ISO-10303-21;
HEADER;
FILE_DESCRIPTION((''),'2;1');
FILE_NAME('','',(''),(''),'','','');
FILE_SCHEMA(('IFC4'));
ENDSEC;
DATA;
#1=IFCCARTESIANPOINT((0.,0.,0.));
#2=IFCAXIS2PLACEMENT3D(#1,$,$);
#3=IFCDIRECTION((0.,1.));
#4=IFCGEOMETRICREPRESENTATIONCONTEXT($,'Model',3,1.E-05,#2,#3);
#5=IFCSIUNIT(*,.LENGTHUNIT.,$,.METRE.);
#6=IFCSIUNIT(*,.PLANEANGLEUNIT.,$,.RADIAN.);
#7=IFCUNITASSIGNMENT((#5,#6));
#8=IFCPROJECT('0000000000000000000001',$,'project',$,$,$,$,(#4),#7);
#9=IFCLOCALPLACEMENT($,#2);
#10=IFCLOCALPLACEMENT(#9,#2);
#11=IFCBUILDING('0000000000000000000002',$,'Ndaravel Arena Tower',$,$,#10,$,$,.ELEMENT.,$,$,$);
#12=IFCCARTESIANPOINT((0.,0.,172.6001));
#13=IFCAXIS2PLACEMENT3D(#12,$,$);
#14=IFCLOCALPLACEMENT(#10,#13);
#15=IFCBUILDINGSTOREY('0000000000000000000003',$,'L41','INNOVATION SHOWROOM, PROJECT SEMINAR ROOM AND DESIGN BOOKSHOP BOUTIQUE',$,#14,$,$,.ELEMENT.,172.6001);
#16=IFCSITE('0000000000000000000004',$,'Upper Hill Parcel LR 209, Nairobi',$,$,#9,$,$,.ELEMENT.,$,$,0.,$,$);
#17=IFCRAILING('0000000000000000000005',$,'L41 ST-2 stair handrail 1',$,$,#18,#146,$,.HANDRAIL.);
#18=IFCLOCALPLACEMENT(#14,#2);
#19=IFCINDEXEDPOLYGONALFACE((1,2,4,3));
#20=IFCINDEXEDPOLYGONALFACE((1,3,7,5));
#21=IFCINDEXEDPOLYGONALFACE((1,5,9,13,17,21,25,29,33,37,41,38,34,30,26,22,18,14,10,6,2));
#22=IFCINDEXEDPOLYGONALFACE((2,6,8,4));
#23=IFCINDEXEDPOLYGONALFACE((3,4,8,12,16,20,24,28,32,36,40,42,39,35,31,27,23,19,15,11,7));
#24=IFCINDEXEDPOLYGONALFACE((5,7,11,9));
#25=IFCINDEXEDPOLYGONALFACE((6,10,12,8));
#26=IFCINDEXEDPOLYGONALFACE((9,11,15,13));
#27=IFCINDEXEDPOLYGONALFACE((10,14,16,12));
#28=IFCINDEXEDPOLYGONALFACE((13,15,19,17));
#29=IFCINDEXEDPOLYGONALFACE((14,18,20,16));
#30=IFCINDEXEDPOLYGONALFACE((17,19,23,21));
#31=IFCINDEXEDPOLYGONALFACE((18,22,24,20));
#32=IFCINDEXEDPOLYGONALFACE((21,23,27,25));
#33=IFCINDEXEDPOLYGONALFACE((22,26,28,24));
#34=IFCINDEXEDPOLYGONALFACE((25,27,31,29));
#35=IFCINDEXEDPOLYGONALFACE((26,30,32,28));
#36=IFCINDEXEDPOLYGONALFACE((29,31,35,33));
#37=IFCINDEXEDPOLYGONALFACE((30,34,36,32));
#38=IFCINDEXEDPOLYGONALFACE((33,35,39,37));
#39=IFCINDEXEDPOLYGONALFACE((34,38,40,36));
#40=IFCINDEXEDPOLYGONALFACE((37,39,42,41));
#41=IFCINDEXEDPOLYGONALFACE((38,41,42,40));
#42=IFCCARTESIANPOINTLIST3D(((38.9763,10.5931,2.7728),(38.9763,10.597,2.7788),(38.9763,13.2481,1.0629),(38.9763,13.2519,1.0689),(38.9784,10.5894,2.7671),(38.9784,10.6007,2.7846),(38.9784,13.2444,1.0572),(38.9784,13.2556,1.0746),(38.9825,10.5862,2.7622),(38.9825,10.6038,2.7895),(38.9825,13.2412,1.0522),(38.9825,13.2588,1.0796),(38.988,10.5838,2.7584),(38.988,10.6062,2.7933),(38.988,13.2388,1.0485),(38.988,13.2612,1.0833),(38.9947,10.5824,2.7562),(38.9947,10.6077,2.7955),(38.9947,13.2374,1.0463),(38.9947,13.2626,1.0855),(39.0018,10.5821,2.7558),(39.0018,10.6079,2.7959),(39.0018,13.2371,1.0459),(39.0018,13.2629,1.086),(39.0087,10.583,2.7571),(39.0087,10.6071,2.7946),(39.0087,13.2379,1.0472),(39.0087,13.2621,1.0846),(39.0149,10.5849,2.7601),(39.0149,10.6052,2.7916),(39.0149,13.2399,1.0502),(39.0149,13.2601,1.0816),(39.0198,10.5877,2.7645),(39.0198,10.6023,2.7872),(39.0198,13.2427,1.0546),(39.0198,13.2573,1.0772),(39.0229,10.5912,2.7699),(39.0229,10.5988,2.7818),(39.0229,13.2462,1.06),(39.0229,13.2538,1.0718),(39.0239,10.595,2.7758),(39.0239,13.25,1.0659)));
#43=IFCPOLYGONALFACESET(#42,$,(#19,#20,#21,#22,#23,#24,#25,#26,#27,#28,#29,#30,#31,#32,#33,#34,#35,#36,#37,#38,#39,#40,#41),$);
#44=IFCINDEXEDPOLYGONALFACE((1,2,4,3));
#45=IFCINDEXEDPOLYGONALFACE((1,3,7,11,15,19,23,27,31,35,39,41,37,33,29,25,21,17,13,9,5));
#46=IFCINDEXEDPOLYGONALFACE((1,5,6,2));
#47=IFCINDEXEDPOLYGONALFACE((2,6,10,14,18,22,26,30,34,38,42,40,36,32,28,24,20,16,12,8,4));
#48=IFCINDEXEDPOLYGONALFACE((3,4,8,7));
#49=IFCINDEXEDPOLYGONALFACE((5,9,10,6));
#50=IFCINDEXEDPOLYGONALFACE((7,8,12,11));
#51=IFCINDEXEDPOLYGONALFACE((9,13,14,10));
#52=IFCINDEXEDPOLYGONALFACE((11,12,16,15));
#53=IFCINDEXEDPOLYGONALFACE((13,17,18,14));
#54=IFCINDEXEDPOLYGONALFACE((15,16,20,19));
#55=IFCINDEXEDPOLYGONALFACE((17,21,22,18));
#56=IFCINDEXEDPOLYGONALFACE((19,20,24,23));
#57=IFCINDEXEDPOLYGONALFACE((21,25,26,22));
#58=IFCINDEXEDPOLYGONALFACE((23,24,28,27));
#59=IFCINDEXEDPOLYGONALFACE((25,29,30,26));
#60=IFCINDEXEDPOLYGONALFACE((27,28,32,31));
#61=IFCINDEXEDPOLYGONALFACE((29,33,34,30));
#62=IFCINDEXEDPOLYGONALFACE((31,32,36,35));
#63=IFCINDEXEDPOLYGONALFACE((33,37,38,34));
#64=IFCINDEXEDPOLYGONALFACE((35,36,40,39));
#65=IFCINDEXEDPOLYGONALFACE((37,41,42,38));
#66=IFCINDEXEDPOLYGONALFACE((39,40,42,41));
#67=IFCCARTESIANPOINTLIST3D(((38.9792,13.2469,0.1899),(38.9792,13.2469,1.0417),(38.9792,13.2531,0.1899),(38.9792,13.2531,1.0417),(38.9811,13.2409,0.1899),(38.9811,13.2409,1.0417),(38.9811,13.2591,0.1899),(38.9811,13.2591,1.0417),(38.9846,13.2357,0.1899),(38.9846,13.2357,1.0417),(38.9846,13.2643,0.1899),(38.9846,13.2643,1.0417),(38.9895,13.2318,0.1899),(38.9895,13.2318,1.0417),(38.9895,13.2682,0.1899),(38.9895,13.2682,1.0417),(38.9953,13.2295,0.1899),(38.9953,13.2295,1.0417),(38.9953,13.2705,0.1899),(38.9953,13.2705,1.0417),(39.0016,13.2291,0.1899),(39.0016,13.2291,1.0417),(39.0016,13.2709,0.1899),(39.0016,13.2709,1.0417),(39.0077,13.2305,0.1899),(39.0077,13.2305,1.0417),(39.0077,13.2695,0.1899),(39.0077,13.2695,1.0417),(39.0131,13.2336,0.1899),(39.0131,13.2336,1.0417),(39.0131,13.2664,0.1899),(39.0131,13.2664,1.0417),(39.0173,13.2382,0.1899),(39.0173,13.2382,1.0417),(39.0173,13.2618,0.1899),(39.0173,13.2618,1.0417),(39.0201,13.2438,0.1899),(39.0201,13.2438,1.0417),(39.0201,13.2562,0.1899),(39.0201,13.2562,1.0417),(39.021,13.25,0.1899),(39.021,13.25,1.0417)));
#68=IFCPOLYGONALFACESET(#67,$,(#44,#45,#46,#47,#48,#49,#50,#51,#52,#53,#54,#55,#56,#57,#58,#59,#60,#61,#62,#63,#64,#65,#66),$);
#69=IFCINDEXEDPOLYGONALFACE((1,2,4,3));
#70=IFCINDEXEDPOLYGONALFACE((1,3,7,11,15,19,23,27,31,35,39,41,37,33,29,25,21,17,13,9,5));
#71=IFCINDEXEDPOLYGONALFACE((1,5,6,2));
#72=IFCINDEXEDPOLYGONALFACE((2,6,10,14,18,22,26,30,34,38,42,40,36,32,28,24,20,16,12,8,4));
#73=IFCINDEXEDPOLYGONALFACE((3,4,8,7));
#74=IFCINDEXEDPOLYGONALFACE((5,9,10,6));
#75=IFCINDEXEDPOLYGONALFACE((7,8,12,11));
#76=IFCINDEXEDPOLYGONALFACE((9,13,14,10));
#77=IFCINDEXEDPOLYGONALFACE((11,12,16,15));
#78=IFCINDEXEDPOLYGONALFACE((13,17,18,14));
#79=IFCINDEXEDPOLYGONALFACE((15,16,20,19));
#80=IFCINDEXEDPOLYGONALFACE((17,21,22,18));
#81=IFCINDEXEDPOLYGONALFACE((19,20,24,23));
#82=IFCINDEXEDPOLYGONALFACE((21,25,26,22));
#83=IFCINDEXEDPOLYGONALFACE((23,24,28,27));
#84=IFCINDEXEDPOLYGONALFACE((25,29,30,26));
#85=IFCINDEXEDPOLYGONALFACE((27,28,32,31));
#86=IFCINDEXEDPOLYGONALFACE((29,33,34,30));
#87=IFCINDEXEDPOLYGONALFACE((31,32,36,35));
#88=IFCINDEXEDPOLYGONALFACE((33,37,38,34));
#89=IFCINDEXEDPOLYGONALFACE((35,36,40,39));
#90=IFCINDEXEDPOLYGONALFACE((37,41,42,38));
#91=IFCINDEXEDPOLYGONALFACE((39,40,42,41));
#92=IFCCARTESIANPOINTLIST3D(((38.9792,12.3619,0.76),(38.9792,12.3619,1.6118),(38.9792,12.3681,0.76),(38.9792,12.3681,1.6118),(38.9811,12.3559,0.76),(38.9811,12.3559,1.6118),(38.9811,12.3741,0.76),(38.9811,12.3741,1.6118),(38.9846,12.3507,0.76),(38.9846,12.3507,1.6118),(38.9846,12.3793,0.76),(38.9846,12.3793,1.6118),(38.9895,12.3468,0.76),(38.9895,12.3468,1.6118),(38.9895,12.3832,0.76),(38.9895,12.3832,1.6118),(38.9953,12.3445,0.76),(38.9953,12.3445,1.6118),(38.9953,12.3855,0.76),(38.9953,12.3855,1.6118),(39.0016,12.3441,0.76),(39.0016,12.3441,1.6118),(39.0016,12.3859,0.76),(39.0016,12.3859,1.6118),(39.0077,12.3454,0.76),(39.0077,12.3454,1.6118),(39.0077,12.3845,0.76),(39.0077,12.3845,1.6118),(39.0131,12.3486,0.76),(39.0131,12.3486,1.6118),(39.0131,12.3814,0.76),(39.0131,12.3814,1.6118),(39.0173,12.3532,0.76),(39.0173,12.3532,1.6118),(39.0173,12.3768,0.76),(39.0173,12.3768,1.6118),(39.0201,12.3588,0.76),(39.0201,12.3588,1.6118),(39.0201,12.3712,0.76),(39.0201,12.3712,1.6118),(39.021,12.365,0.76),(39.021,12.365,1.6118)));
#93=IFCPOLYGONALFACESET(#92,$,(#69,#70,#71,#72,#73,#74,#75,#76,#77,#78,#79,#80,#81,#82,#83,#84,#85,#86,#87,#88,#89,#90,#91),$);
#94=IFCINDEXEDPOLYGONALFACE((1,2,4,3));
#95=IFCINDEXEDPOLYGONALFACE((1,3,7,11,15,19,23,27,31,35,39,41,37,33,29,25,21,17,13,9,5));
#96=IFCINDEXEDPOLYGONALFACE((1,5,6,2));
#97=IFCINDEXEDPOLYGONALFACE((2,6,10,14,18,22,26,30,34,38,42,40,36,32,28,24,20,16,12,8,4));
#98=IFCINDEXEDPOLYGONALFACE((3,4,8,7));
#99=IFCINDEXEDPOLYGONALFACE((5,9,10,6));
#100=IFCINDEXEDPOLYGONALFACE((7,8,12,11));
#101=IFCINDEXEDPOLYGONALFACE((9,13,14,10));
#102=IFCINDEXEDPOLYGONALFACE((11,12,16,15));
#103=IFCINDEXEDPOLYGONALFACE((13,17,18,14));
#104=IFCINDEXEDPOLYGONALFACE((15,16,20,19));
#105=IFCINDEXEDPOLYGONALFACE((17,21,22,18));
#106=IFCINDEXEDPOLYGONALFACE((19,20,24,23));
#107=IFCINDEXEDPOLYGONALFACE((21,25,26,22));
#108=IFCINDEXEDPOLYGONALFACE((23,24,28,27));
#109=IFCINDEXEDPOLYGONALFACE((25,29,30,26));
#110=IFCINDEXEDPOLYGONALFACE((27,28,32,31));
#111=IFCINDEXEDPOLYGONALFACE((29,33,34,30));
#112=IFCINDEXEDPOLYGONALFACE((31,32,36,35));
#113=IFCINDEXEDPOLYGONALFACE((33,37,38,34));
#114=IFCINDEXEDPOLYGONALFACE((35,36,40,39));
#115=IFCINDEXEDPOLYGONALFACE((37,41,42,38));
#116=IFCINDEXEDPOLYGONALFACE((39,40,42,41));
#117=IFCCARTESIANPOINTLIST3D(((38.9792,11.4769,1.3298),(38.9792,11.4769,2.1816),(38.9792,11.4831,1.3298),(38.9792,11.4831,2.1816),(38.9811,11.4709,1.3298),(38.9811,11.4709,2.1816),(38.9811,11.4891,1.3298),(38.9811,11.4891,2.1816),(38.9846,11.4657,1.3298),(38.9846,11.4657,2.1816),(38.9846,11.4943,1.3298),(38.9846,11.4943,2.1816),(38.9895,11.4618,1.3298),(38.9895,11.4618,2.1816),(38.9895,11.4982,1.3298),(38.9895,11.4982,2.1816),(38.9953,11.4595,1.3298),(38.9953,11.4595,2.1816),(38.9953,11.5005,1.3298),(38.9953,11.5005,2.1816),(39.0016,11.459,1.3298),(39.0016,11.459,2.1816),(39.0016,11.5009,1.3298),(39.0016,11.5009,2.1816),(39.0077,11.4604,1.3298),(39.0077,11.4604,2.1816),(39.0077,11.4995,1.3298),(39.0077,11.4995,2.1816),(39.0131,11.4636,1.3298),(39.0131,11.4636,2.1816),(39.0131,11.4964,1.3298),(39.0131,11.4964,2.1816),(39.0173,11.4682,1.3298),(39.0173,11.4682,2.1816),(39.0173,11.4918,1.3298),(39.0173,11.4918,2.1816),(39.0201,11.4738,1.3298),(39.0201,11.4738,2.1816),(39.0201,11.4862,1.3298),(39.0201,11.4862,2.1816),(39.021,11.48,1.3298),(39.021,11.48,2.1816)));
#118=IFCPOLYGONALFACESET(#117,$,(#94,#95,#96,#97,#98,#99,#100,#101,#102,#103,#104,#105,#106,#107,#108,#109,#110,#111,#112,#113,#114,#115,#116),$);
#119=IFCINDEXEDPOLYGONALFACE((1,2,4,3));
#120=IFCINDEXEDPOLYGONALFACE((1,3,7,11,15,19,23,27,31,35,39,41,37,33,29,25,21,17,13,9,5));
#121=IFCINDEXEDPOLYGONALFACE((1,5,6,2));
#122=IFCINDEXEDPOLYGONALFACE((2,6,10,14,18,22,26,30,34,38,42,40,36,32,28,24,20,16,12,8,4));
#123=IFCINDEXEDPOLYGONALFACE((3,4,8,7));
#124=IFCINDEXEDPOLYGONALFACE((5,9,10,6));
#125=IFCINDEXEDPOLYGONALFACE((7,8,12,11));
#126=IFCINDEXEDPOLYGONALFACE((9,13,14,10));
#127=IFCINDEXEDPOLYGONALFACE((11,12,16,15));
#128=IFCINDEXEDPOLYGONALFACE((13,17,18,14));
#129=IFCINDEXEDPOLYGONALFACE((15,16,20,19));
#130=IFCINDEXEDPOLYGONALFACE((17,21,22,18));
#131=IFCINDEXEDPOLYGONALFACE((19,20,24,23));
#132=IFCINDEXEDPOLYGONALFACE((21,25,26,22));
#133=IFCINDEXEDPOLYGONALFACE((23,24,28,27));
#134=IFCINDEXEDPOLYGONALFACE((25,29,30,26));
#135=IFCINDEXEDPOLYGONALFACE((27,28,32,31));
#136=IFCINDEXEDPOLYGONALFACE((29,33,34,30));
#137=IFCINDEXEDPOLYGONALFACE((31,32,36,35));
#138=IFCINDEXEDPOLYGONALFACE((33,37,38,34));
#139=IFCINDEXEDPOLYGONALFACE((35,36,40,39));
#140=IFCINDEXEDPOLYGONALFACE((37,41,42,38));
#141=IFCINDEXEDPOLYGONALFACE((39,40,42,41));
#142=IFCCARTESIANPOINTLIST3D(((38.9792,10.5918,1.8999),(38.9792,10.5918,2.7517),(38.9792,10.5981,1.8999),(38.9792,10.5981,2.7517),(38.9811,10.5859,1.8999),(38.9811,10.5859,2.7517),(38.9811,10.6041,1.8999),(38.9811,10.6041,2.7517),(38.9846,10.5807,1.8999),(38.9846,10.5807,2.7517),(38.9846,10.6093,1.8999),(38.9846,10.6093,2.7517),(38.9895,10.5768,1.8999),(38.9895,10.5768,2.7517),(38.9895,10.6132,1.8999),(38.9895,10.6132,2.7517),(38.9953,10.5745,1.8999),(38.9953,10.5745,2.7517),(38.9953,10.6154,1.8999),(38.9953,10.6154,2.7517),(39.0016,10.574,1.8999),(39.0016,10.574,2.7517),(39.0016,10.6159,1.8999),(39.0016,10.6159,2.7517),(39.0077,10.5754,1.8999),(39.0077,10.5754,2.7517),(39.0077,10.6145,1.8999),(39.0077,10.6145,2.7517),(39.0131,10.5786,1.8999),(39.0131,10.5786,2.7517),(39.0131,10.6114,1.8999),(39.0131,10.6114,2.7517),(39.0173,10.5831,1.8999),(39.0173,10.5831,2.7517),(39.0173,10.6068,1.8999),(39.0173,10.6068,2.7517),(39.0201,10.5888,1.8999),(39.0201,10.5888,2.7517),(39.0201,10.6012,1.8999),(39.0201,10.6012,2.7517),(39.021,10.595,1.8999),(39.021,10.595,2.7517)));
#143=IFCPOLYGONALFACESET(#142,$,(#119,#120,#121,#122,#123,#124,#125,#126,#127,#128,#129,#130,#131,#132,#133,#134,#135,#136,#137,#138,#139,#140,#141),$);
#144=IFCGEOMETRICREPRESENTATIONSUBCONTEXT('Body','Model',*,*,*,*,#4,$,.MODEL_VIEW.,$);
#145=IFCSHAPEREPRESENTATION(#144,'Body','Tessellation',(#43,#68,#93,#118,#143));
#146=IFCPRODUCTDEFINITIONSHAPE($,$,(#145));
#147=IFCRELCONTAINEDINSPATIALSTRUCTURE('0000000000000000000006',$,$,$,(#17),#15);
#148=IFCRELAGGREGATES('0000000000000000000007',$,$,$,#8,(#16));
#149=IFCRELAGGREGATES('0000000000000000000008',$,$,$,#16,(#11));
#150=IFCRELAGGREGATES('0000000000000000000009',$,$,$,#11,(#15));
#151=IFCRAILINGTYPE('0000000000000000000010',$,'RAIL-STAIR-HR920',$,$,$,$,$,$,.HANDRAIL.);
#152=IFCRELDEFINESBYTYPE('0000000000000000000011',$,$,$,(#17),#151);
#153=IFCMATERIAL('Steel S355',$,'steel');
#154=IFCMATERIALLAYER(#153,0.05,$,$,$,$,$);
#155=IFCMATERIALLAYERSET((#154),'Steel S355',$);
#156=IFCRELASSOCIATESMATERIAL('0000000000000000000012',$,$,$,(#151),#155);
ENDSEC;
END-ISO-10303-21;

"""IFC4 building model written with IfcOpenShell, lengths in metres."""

from ifc_helpers import new_model, si_unit, direction, frame, origin, origin_2d, place, context, subcontext, project, spatial, circle, extrude, material, layer, layer_set, type_object, element, save


model = new_model("IFC4")

# Units and contexts
model_context = context("Model", 3, precision=1e-05, world=origin(), true_north=direction((0.0, 1.0)))
body_context = subcontext(model_context, "Body", "Model", "MODEL_VIEW")
ifc_project = project(units=[si_unit("LENGTHUNIT", "METRE"), si_unit("PLANEANGLEUNIT", "RADIAN")], contexts=[model_context])

# Site, building, storey
site_placement = place(None, origin())
site = spatial("IfcSite", under=ifc_project, at=site_placement, Name="Upper Hill Parcel LR 209, Nairobi", CompositionType="ELEMENT", RefElevation=0.0)
building_placement = place(site_placement, origin())
building = spatial("IfcBuilding", under=site, at=building_placement, Name="Ndaravel Arena Tower", CompositionType="ELEMENT")
storey_placement = place(building_placement, frame((0.0, 0.0, 172.6001)))
storey = spatial("IfcBuildingStorey", under=building, at=storey_placement, Name="L41", Description="INNOVATION SHOWROOM, PROJECT SEMINAR ROOM AND DESIGN BOOKSHOP BOUTIQUE", CompositionType="ELEMENT", Elevation=172.6001)

# Railing
ifc_material_1 = material(Name="Steel S355", Category="steel")
ifc_layer_1 = layer(ifc_material_1, 0.05)
ifc_layer_set_1 = layer_set([ifc_layer_1], Name="Steel S355")
railing_type_1 = type_object("IfcRailingType", Name="RAIL-STAIR-HR920", PredefinedType="HANDRAIL", material=ifc_layer_set_1)
railing_1_placement = place(storey_placement, frame((39.0, 13.25, 0.1899)))
element("IfcRailing", 1, at=railing_1_placement, inside=storey, type_object=railing_type_1, Name="L41 ST-2 stair handrail 1", PredefinedType="HANDRAIL", context=body_context, shape_type="SweptSolid", body=[
    extrude(circle(Radius=0.0239, at=origin_2d()), frame((0.0, 0.0, 0.876), z_axis=(0.0, -0.840724, 0.541465), x_axis=(1.0, 0.0, 0.0)), (0.0, 0.0, 1.0), 3.158),
    extrude(circle(Radius=0.021, at=origin_2d()), origin(), (0.0, 0.0, 1.0), 0.8518),
    extrude(circle(Radius=0.021, at=origin_2d()), frame((0.0, -0.885, 0.5701)), (0.0, 0.0, 1.0), 0.8518),
    extrude(circle(Radius=0.021, at=origin_2d()), frame((0.0, -1.77, 1.1399)), (0.0, 0.0, 1.0), 0.8518),
    extrude(circle(Radius=0.021, at=origin_2d()), frame((0.0, -2.655, 1.71)), (0.0, 0.0, 1.0), 0.8518),
])

save(model, "model.ifc")
